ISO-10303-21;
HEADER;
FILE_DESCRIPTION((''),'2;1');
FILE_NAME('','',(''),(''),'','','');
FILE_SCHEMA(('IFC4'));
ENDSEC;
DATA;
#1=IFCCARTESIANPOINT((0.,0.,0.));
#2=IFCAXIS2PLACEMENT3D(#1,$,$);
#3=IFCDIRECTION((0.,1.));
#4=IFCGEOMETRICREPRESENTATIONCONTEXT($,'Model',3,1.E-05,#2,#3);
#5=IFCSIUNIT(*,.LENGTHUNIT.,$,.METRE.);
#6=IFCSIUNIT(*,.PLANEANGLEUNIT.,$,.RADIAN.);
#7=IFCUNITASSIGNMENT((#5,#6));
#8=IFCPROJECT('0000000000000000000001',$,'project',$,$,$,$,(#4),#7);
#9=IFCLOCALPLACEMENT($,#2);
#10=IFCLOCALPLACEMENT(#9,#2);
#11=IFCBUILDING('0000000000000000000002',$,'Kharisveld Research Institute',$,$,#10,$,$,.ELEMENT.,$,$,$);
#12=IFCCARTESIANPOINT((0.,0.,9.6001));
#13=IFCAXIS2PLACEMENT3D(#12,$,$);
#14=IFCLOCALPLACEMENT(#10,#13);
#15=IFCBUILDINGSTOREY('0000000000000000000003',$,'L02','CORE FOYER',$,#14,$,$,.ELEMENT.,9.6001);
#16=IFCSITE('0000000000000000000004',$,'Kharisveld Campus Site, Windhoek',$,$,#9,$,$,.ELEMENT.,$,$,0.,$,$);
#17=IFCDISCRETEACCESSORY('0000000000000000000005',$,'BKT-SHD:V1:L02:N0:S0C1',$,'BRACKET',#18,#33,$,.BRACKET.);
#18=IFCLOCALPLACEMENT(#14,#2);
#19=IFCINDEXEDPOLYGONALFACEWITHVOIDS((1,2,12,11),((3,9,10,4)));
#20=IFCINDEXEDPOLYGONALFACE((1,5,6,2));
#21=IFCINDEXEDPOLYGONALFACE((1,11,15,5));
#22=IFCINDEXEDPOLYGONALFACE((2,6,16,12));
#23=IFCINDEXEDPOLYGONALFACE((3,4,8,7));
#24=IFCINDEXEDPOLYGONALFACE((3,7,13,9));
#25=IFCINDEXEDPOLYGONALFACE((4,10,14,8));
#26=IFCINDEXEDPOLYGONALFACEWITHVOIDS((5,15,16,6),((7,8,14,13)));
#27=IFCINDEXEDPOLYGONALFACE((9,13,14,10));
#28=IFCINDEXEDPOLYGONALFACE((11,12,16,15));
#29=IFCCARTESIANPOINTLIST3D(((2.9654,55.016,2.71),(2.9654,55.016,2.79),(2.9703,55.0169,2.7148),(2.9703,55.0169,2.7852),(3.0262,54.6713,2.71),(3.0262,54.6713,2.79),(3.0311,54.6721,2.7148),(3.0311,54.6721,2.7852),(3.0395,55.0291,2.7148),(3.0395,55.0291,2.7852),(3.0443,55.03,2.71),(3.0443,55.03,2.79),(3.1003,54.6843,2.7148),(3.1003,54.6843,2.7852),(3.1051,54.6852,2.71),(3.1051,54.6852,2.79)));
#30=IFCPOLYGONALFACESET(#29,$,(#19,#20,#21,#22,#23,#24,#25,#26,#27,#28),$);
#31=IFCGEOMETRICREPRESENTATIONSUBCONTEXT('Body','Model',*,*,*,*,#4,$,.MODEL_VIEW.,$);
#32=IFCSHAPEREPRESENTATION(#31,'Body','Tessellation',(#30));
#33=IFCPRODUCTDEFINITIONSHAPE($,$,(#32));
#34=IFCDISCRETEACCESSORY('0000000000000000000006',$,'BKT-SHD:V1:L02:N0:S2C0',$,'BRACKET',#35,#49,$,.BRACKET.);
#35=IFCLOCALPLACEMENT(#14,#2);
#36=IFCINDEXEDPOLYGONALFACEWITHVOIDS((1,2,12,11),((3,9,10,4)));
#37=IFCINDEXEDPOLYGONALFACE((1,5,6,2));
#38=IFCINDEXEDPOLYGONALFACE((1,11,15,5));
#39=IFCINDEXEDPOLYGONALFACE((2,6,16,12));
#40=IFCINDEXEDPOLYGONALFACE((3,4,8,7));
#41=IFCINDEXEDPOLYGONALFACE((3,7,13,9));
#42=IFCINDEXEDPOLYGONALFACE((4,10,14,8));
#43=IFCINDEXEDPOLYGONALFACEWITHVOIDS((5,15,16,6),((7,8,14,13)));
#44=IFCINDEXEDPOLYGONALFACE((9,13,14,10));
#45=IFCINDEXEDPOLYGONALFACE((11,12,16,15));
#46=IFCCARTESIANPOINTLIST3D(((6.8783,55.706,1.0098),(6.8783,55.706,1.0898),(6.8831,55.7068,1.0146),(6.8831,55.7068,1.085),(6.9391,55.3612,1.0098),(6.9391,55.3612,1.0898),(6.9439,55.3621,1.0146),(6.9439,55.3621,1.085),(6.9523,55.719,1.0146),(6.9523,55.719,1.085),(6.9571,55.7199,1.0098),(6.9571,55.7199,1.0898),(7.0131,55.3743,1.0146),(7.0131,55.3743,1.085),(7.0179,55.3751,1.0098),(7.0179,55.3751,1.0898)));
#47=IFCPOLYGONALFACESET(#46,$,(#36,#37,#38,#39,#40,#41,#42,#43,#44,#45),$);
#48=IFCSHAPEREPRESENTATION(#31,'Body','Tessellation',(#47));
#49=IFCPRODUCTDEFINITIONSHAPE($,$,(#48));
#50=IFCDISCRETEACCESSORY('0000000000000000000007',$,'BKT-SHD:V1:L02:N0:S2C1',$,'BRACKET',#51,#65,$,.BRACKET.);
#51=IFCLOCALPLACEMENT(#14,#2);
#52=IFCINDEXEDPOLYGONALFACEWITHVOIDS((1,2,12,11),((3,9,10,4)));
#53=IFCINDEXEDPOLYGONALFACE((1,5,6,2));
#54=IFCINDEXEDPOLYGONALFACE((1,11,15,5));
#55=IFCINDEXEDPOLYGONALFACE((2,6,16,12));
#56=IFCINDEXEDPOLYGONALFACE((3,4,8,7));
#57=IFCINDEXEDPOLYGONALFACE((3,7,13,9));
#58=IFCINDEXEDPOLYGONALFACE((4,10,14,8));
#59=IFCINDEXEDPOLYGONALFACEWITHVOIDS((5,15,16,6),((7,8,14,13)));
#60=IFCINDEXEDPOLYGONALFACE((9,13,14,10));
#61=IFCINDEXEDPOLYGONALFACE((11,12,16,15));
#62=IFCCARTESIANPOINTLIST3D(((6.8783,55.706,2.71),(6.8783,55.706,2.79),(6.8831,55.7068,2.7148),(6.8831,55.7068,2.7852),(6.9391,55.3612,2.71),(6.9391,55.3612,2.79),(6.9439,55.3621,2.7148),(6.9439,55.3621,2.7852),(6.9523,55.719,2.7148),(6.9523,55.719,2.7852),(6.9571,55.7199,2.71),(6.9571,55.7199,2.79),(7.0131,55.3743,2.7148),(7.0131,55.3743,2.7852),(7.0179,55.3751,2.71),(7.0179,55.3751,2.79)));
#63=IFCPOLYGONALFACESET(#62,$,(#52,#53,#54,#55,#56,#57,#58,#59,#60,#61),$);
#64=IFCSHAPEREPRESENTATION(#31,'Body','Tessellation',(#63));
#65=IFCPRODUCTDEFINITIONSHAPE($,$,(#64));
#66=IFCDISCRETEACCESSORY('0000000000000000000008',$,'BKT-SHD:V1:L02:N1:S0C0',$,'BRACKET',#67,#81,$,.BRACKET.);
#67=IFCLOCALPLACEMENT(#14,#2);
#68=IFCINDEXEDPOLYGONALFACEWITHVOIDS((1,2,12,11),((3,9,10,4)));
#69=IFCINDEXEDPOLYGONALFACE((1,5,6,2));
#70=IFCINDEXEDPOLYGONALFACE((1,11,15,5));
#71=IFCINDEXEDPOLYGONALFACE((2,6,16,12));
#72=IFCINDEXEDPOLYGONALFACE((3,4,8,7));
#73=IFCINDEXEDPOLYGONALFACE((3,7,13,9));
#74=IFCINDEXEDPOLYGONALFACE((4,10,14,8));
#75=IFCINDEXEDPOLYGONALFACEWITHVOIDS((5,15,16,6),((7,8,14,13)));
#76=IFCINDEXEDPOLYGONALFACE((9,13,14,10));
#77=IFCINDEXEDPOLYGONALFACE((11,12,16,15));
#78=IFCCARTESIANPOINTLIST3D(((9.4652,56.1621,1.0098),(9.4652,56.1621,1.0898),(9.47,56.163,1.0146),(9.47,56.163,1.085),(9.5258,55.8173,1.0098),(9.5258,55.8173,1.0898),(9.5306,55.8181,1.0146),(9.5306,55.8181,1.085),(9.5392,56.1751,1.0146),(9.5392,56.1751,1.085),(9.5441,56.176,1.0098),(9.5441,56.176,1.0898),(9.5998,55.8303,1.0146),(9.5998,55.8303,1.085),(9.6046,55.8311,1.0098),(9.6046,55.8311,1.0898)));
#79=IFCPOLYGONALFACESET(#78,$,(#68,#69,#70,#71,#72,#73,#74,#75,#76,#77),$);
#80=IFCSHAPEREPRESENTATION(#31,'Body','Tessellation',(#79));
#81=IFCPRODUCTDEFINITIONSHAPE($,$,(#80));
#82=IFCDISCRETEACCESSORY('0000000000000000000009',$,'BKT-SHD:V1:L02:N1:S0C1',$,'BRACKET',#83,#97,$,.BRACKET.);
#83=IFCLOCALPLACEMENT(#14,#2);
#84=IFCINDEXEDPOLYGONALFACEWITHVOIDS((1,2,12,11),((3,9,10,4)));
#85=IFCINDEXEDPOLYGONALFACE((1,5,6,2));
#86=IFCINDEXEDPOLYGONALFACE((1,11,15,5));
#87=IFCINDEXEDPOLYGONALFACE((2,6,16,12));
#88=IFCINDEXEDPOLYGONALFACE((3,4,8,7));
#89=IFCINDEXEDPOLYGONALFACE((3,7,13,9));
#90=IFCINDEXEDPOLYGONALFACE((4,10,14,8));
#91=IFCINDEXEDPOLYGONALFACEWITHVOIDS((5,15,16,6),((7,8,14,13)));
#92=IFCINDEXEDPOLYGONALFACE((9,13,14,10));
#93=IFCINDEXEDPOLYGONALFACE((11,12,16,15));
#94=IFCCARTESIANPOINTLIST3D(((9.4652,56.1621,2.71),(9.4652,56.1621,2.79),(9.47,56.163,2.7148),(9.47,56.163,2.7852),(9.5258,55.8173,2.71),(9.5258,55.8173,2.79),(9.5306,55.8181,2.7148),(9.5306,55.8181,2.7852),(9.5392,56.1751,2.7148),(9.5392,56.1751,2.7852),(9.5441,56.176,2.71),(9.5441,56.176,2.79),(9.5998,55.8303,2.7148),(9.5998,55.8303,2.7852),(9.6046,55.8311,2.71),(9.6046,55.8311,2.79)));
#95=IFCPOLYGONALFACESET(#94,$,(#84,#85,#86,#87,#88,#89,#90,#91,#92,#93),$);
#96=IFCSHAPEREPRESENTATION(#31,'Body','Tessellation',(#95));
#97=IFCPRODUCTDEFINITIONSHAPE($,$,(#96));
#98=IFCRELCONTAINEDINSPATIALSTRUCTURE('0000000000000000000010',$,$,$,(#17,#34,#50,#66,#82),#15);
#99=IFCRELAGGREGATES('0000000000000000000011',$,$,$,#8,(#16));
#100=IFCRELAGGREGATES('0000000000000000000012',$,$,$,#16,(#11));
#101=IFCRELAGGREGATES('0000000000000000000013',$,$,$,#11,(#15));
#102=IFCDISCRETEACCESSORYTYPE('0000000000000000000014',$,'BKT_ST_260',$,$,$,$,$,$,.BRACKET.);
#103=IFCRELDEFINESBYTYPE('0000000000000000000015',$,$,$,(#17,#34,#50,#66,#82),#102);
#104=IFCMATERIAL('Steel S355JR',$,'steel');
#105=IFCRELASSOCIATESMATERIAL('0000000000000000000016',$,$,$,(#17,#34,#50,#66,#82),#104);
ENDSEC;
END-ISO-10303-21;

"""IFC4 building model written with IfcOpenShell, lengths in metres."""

from ifc_helpers import new_model, si_unit, direction, frame, origin, origin_2d, place, context, subcontext, project, spatial, hollow_rectangle, extrude, material, type_object, element, save


model = new_model("IFC4")

# Units and contexts
model_context = context("Model", 3, precision=1e-05, world=origin(), true_north=direction((0.0, 1.0)))
body_context = subcontext(model_context, "Body", "Model", "MODEL_VIEW")
ifc_project = project(units=[si_unit("LENGTHUNIT", "METRE"), si_unit("PLANEANGLEUNIT", "RADIAN")], contexts=[model_context])

# Site, building, storey
site_placement = place(None, origin())
site = spatial("IfcSite", under=ifc_project, at=site_placement, Name="Kharisveld Campus Site, Windhoek", CompositionType="ELEMENT", RefElevation=0.0)
building_placement = place(site_placement, origin())
building = spatial("IfcBuilding", under=site, at=building_placement, Name="Kharisveld Research Institute", CompositionType="ELEMENT")
storey_placement = place(building_placement, frame((0.0, 0.0, 9.6001)))
storey = spatial("IfcBuildingStorey", under=building, at=storey_placement, Name="L02", Description="CORE FOYER", CompositionType="ELEMENT", Elevation=9.6001)

# Discrete accessories
ifc_material_1 = material(Name="Steel S355JR", Category="steel")
discrete_accessory_type = type_object("IfcDiscreteAccessoryType", Name="BKT_ST_260", PredefinedType="BRACKET")
for number, where, z_axis, x_axis, name in (
    (1, (3.0657, 54.6782, 2.75), (-0.173666, 0.984805, 0.0), (-0.984805, -0.173666, 0.0), "BKT-SHD:V1:L02:N0:S0C1"),
    (2, (6.9785, 55.3682, 1.0498), (-0.173666, 0.984805, 0.0), (-0.984805, -0.173666, 0.0), "BKT-SHD:V1:L02:N0:S2C0"),
    (3, (6.9785, 55.3682, 2.75), (-0.173666, 0.984805, 0.0), (-0.984805, -0.173666, 0.0), "BKT-SHD:V1:L02:N0:S2C1"),
    (4, (9.5652, 55.8242, 1.0498), (-0.172989, 0.984924, 0.0), (-0.984924, -0.172989, 0.0), "BKT-SHD:V1:L02:N1:S0C0"),
    (5, (9.5652, 55.8242, 2.75), (-0.172989, 0.984924, 0.0), (-0.984924, -0.172989, 0.0), "BKT-SHD:V1:L02:N1:S0C1"),
):
    element("IfcDiscreteAccessory", number, at=place(storey_placement, frame(where, z_axis=z_axis, x_axis=x_axis)), inside=storey, type_object=discrete_accessory_type, material=ifc_material_1, Name=name, ObjectType="BRACKET", PredefinedType="BRACKET", context=body_context, shape_type="SweptSolid", body=[
        extrude(hollow_rectangle(XDim=0.0801, YDim=0.0801, WallThickness=0.0049, at=origin_2d()), origin(), (0.0, 0.0, 1.0), 0.3501),
    ])

save(model, "model.ifc")
